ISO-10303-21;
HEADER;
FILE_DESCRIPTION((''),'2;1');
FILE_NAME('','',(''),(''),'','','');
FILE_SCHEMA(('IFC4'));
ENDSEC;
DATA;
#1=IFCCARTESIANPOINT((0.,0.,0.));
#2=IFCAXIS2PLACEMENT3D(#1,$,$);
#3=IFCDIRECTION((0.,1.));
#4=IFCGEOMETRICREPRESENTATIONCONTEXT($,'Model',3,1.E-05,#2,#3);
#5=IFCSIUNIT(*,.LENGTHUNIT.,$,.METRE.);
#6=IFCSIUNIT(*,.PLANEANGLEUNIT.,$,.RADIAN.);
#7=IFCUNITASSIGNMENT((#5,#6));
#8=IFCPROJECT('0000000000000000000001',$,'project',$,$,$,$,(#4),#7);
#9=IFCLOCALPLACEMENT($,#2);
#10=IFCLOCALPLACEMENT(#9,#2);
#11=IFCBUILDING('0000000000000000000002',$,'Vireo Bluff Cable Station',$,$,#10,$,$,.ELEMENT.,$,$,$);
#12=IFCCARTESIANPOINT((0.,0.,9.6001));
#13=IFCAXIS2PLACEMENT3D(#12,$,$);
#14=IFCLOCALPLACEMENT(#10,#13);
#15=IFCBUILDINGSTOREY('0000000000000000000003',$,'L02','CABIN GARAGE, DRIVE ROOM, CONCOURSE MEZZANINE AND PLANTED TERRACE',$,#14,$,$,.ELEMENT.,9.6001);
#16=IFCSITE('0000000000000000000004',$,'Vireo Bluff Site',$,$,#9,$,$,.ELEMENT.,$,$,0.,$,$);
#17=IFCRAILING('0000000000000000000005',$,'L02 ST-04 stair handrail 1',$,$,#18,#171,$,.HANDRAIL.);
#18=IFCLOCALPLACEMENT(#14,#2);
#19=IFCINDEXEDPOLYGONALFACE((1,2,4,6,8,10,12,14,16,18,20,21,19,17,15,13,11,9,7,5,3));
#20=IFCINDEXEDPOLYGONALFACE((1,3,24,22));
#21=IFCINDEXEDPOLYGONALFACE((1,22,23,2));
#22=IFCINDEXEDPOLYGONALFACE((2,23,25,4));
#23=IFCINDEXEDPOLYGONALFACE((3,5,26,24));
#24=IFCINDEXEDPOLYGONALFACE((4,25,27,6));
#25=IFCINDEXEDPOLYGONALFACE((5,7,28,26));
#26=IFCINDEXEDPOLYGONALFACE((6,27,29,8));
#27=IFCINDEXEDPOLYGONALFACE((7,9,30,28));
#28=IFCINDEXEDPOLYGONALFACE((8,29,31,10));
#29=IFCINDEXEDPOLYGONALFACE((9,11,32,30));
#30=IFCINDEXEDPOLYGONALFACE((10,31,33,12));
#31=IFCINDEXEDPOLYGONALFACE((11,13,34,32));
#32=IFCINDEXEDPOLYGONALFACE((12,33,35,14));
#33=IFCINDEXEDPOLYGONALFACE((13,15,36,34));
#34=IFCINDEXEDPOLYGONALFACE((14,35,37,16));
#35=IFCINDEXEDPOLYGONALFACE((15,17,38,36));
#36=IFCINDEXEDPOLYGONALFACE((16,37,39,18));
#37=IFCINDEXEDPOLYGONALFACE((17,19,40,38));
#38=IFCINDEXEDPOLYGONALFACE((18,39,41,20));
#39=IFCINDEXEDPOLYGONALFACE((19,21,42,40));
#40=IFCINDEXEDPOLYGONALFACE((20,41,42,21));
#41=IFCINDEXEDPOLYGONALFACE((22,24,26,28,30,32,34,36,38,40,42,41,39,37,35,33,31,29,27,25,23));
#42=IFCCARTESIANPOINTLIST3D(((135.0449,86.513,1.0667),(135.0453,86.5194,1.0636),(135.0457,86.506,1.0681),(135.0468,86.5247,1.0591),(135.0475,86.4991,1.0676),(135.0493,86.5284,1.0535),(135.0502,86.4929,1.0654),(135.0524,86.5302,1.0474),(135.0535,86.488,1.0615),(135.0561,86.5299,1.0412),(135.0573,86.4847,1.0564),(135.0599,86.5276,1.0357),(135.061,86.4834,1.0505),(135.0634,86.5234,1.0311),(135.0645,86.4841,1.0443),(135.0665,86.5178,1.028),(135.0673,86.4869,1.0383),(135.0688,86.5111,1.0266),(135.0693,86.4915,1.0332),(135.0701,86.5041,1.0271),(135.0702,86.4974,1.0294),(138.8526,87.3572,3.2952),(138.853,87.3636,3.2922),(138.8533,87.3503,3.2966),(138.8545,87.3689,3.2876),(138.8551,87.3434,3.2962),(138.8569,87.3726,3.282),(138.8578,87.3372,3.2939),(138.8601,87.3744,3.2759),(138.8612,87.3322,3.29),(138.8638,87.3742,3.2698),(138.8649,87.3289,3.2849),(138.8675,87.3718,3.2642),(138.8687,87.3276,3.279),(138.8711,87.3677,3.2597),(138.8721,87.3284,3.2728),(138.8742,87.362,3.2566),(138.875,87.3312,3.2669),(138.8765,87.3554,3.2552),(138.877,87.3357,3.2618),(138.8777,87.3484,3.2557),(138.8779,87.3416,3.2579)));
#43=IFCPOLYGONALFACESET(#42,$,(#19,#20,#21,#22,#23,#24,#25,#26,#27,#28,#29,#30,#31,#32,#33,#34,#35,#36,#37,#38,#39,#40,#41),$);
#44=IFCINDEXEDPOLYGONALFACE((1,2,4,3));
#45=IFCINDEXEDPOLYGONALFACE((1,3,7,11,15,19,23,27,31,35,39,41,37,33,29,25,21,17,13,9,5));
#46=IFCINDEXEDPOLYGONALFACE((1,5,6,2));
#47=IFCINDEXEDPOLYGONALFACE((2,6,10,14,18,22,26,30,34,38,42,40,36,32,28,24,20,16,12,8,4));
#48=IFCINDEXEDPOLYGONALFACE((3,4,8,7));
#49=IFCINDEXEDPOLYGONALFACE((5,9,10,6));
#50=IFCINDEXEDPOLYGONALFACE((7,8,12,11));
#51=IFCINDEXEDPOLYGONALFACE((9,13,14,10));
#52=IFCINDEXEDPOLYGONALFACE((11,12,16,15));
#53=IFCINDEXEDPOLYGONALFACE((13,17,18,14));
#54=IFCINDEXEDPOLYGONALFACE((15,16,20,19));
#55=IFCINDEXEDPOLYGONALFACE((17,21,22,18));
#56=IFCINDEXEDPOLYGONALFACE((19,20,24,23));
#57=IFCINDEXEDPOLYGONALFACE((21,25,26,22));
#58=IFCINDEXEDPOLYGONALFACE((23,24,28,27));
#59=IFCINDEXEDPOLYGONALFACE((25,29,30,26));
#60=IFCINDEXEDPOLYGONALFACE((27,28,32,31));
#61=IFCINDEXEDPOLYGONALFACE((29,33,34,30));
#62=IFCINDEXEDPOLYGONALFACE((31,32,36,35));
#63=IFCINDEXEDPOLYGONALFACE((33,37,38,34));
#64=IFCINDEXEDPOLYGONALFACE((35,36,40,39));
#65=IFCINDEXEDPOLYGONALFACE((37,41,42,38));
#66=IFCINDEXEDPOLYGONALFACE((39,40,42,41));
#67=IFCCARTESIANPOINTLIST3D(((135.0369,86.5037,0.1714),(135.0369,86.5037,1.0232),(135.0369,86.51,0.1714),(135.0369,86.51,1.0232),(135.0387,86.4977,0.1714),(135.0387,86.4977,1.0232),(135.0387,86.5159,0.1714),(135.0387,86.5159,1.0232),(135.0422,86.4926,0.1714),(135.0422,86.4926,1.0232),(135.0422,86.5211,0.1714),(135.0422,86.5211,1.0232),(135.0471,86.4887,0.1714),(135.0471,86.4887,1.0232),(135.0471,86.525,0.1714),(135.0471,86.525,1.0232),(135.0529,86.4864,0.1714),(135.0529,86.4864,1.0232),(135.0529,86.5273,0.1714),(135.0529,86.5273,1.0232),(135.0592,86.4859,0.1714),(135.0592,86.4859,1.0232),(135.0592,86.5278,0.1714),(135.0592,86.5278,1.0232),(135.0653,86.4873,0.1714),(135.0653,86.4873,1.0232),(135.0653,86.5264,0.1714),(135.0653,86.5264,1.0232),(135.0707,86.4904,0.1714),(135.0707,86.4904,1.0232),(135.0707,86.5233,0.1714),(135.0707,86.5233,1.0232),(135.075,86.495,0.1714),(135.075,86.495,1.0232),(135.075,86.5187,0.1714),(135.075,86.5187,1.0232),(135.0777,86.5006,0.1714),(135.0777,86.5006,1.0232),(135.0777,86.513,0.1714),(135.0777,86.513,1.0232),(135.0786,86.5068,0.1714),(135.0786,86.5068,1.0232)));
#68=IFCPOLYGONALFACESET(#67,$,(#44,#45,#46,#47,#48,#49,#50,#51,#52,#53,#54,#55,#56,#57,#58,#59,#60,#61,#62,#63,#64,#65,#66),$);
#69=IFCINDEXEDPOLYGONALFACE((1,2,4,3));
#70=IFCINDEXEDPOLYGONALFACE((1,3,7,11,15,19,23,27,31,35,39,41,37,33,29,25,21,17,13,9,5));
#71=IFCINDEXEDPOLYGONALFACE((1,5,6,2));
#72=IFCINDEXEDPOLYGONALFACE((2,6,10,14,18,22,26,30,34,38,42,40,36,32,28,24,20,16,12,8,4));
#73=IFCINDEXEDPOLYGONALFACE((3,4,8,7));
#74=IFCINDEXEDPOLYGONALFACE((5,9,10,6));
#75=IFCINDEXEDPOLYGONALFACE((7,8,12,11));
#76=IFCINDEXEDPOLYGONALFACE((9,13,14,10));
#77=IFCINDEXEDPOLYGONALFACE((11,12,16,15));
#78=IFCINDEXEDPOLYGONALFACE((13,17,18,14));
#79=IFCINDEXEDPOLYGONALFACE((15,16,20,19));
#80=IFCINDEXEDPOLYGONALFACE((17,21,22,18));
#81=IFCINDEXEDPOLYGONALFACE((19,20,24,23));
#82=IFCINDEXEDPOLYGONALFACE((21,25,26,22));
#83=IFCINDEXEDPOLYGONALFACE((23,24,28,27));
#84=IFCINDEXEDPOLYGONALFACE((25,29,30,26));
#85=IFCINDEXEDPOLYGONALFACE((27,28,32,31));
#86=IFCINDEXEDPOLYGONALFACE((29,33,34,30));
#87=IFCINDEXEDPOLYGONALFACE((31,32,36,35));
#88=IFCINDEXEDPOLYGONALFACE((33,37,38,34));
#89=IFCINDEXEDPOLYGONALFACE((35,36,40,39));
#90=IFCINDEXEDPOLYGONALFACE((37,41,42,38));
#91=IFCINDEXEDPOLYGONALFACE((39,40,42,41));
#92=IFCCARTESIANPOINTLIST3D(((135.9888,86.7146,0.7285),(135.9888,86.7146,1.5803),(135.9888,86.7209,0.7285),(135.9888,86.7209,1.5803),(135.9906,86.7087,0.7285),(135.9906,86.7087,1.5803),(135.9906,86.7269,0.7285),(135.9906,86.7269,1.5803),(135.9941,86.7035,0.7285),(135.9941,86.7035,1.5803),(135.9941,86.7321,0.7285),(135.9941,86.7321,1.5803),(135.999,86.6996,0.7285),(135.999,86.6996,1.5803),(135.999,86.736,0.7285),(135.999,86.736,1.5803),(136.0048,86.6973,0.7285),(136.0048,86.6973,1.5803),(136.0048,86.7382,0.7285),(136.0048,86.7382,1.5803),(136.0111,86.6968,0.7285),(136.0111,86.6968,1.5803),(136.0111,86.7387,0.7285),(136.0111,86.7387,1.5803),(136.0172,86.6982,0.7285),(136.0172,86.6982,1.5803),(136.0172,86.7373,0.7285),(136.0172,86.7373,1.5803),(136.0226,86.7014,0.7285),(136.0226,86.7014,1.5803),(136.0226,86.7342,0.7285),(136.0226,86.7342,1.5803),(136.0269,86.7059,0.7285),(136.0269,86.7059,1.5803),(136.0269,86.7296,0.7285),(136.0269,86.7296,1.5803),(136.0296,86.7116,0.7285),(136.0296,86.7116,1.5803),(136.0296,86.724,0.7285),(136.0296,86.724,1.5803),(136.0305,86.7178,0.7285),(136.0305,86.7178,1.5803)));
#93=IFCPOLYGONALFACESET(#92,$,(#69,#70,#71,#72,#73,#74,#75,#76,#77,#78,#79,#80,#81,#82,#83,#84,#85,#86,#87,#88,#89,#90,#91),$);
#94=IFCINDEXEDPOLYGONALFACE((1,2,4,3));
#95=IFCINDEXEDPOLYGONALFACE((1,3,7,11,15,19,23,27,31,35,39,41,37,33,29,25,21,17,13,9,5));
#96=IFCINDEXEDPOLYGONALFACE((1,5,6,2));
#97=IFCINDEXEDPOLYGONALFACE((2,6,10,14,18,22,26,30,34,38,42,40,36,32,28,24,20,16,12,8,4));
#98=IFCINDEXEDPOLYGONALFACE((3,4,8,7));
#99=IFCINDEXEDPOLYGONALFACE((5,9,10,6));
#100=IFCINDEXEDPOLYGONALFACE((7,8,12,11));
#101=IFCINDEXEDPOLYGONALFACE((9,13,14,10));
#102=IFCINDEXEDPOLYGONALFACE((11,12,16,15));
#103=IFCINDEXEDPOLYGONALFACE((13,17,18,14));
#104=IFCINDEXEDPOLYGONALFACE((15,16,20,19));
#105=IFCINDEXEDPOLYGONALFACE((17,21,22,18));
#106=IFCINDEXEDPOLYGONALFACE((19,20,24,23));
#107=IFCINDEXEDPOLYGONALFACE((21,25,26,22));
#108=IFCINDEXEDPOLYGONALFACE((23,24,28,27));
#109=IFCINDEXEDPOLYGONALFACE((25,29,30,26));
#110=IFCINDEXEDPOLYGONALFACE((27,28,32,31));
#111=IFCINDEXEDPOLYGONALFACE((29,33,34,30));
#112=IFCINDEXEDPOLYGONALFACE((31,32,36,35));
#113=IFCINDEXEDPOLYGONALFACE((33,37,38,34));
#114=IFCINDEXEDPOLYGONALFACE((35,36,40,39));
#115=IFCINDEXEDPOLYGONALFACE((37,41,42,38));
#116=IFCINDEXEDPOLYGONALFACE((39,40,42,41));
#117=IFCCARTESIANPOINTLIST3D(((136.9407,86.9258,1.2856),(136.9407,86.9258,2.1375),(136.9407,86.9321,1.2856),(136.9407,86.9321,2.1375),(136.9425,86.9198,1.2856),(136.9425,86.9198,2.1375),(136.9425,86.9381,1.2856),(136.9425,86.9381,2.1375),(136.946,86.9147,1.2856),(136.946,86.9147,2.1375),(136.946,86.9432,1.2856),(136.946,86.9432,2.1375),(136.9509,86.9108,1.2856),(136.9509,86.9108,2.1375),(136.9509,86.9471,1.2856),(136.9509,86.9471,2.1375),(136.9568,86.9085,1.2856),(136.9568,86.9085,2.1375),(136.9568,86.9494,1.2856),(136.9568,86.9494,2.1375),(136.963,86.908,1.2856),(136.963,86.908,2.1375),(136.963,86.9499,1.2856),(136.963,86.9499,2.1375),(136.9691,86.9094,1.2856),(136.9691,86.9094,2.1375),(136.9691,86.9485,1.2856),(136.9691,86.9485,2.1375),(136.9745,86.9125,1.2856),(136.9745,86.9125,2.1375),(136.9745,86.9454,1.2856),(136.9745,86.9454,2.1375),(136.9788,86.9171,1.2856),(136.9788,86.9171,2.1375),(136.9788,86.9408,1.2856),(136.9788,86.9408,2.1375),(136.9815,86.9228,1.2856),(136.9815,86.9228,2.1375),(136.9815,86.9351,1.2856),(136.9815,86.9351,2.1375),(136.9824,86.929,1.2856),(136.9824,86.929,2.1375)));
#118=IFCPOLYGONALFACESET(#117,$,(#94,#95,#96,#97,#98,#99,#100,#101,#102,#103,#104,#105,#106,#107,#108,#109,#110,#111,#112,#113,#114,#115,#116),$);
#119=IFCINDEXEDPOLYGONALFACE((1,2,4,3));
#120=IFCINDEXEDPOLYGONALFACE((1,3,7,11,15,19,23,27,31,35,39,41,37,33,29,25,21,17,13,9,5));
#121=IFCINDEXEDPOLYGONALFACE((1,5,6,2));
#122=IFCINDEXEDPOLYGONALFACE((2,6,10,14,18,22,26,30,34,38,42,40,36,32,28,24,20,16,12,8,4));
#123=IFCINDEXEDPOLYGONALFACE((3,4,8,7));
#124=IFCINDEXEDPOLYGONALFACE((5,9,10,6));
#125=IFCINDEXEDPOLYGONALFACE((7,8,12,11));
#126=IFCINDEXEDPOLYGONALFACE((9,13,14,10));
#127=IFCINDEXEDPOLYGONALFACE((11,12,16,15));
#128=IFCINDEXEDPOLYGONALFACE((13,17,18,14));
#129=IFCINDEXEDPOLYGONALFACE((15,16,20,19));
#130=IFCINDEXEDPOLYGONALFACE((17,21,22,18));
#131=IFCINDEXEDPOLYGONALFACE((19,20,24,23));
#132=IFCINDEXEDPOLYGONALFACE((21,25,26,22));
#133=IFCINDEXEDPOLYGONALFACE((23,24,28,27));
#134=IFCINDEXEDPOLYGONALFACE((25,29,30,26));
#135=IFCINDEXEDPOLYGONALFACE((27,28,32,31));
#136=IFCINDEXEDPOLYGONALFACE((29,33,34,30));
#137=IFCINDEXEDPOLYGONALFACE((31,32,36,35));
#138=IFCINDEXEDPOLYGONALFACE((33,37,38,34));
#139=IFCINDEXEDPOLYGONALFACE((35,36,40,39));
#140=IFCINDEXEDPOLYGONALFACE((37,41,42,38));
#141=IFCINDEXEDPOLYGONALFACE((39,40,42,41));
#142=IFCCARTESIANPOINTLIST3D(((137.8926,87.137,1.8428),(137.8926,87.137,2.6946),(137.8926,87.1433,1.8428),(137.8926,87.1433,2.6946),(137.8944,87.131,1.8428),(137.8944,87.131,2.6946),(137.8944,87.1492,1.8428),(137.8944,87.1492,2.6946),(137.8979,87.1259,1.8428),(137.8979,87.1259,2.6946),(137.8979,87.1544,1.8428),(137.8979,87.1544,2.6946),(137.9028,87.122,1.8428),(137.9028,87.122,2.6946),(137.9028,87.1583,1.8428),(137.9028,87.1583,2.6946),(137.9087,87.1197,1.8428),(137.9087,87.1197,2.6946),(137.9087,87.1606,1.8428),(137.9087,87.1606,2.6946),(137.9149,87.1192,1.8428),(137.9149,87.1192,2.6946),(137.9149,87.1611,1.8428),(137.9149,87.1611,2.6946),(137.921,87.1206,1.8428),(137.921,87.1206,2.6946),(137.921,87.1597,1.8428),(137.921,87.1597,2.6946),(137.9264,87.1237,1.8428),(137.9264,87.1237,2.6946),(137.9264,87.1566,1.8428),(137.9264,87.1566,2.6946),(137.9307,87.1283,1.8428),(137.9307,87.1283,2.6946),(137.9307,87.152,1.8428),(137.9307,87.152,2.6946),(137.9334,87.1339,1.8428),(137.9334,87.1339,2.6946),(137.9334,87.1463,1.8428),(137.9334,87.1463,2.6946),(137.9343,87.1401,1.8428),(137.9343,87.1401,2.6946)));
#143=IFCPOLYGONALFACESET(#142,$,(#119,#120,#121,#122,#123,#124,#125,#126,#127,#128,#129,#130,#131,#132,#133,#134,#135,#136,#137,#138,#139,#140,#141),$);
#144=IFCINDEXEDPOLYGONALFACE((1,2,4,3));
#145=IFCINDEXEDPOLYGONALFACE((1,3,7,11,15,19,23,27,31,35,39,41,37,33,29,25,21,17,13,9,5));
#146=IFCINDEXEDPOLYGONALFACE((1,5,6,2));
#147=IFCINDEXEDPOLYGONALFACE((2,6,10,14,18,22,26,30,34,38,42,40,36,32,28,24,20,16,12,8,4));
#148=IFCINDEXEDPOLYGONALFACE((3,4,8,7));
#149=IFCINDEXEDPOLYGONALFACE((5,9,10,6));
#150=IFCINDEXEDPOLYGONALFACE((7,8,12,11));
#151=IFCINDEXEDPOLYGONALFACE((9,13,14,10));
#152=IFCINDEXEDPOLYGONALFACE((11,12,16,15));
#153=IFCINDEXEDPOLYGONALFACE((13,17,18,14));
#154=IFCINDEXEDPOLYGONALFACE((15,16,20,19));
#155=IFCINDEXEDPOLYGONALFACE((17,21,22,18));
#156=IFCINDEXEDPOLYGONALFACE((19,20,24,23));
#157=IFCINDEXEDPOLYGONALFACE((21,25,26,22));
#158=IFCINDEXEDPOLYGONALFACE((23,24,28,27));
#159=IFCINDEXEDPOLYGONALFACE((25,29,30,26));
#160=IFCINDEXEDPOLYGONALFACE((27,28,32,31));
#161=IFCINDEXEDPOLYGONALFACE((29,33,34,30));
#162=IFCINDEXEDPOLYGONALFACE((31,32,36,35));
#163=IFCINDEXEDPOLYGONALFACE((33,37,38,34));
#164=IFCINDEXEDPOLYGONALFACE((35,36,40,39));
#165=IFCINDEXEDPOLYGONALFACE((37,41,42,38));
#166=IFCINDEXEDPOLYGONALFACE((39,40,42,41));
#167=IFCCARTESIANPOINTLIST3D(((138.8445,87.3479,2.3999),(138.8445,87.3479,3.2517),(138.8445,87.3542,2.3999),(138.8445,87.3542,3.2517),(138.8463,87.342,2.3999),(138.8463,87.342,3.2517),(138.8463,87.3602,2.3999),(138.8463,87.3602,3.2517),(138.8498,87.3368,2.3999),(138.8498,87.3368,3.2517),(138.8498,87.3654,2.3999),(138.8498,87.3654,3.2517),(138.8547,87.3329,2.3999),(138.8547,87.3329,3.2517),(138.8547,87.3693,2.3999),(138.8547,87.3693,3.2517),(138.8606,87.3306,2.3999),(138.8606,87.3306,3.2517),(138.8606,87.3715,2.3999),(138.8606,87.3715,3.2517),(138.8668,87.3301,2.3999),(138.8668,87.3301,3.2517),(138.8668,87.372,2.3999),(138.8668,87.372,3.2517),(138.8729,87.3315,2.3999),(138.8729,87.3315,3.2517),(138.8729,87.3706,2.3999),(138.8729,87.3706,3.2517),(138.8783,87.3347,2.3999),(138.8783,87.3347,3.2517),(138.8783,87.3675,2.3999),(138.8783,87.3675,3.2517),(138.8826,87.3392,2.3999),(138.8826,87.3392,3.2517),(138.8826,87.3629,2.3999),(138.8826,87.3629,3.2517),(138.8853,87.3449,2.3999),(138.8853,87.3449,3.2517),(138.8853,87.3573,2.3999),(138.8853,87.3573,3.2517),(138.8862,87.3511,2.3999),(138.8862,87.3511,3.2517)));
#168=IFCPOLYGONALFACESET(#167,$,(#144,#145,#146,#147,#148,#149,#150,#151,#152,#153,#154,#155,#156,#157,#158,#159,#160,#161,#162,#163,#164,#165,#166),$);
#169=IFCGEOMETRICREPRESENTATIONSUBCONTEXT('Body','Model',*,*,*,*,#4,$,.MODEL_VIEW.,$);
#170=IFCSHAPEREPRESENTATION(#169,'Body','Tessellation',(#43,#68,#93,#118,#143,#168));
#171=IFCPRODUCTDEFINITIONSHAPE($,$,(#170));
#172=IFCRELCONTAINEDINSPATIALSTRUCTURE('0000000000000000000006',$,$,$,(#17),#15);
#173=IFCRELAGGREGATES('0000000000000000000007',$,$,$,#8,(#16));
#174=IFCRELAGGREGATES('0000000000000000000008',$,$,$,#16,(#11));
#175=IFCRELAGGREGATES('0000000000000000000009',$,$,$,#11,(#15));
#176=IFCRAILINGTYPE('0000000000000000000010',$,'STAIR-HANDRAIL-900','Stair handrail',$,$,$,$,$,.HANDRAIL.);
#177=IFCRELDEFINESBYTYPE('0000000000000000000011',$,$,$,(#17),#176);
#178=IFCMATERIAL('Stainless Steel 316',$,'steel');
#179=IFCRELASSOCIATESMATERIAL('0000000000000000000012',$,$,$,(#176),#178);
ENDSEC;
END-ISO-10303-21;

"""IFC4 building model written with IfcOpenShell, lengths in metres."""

from ifc_helpers import new_model, si_unit, direction, frame, origin, origin_2d, place, context, subcontext, project, spatial, circle, extrude, material, type_object, element, save


model = new_model("IFC4")

# Units and contexts
model_context = context("Model", 3, precision=1e-05, world=origin(), true_north=direction((0.0, 1.0)))
body_context = subcontext(model_context, "Body", "Model", "MODEL_VIEW")
ifc_project = project(units=[si_unit("LENGTHUNIT", "METRE"), si_unit("PLANEANGLEUNIT", "RADIAN")], contexts=[model_context])

# Site, building, storey
site_placement = place(None, origin())
site = spatial("IfcSite", under=ifc_project, at=site_placement, Name="Vireo Bluff Site", CompositionType="ELEMENT", RefElevation=0.0)
building_placement = place(site_placement, origin())
building = spatial("IfcBuilding", under=site, at=building_placement, Name="Vireo Bluff Cable Station", CompositionType="ELEMENT")
storey_placement = place(building_placement, frame((0.0, 0.0, 9.6001)))
storey = spatial("IfcBuildingStorey", under=building, at=storey_placement, Name="L02", Description="CABIN GARAGE, DRIVE ROOM, CONCOURSE MEZZANINE AND PLANTED TERRACE", CompositionType="ELEMENT", Elevation=9.6001)

# Shared definitions
ifc_material_1 = material(Name="Stainless Steel 316", Category="steel")

# Railing
railing_type_1 = type_object("IfcRailingType", Name="STAIR-HANDRAIL-900", Description="Stair handrail", PredefinedType="HANDRAIL", material=ifc_material_1)
railing_1_placement = place(storey_placement, frame((135.0576, 86.5068, 0.1714)))
element("IfcRailing", 1, at=railing_1_placement, inside=storey, type_object=railing_type_1, Name="L02 ST-04 stair handrail 1", PredefinedType="HANDRAIL", context=body_context, shape_type="SweptSolid", body=[
    extrude(circle(Radius=0.0239, at=origin_2d()), frame((0.0, 0.0, 0.876), z_axis=(0.847667, 0.187948, 0.496121), x_axis=(-0.216466, 0.97629, 0.0)), (0.0, 0.0, 1.0), 4.4919),
    extrude(circle(Radius=0.021, at=origin_2d()), origin(), (0.0, 0.0, 1.0), 0.8518),
    extrude(circle(Radius=0.021, at=origin_2d()), frame((0.9519, 0.2109, 0.5571)), (0.0, 0.0, 1.0), 0.8518),
    extrude(circle(Radius=0.021, at=origin_2d()), frame((1.9038, 0.4221, 1.1143)), (0.0, 0.0, 1.0), 0.8518),
    extrude(circle(Radius=0.021, at=origin_2d()), frame((2.8557, 0.6333, 1.6714)), (0.0, 0.0, 1.0), 0.8518),
    extrude(circle(Radius=0.021, at=origin_2d()), frame((3.8076, 0.8442, 2.2285)), (0.0, 0.0, 1.0), 0.8518),
])

save(model, "model.ifc")
